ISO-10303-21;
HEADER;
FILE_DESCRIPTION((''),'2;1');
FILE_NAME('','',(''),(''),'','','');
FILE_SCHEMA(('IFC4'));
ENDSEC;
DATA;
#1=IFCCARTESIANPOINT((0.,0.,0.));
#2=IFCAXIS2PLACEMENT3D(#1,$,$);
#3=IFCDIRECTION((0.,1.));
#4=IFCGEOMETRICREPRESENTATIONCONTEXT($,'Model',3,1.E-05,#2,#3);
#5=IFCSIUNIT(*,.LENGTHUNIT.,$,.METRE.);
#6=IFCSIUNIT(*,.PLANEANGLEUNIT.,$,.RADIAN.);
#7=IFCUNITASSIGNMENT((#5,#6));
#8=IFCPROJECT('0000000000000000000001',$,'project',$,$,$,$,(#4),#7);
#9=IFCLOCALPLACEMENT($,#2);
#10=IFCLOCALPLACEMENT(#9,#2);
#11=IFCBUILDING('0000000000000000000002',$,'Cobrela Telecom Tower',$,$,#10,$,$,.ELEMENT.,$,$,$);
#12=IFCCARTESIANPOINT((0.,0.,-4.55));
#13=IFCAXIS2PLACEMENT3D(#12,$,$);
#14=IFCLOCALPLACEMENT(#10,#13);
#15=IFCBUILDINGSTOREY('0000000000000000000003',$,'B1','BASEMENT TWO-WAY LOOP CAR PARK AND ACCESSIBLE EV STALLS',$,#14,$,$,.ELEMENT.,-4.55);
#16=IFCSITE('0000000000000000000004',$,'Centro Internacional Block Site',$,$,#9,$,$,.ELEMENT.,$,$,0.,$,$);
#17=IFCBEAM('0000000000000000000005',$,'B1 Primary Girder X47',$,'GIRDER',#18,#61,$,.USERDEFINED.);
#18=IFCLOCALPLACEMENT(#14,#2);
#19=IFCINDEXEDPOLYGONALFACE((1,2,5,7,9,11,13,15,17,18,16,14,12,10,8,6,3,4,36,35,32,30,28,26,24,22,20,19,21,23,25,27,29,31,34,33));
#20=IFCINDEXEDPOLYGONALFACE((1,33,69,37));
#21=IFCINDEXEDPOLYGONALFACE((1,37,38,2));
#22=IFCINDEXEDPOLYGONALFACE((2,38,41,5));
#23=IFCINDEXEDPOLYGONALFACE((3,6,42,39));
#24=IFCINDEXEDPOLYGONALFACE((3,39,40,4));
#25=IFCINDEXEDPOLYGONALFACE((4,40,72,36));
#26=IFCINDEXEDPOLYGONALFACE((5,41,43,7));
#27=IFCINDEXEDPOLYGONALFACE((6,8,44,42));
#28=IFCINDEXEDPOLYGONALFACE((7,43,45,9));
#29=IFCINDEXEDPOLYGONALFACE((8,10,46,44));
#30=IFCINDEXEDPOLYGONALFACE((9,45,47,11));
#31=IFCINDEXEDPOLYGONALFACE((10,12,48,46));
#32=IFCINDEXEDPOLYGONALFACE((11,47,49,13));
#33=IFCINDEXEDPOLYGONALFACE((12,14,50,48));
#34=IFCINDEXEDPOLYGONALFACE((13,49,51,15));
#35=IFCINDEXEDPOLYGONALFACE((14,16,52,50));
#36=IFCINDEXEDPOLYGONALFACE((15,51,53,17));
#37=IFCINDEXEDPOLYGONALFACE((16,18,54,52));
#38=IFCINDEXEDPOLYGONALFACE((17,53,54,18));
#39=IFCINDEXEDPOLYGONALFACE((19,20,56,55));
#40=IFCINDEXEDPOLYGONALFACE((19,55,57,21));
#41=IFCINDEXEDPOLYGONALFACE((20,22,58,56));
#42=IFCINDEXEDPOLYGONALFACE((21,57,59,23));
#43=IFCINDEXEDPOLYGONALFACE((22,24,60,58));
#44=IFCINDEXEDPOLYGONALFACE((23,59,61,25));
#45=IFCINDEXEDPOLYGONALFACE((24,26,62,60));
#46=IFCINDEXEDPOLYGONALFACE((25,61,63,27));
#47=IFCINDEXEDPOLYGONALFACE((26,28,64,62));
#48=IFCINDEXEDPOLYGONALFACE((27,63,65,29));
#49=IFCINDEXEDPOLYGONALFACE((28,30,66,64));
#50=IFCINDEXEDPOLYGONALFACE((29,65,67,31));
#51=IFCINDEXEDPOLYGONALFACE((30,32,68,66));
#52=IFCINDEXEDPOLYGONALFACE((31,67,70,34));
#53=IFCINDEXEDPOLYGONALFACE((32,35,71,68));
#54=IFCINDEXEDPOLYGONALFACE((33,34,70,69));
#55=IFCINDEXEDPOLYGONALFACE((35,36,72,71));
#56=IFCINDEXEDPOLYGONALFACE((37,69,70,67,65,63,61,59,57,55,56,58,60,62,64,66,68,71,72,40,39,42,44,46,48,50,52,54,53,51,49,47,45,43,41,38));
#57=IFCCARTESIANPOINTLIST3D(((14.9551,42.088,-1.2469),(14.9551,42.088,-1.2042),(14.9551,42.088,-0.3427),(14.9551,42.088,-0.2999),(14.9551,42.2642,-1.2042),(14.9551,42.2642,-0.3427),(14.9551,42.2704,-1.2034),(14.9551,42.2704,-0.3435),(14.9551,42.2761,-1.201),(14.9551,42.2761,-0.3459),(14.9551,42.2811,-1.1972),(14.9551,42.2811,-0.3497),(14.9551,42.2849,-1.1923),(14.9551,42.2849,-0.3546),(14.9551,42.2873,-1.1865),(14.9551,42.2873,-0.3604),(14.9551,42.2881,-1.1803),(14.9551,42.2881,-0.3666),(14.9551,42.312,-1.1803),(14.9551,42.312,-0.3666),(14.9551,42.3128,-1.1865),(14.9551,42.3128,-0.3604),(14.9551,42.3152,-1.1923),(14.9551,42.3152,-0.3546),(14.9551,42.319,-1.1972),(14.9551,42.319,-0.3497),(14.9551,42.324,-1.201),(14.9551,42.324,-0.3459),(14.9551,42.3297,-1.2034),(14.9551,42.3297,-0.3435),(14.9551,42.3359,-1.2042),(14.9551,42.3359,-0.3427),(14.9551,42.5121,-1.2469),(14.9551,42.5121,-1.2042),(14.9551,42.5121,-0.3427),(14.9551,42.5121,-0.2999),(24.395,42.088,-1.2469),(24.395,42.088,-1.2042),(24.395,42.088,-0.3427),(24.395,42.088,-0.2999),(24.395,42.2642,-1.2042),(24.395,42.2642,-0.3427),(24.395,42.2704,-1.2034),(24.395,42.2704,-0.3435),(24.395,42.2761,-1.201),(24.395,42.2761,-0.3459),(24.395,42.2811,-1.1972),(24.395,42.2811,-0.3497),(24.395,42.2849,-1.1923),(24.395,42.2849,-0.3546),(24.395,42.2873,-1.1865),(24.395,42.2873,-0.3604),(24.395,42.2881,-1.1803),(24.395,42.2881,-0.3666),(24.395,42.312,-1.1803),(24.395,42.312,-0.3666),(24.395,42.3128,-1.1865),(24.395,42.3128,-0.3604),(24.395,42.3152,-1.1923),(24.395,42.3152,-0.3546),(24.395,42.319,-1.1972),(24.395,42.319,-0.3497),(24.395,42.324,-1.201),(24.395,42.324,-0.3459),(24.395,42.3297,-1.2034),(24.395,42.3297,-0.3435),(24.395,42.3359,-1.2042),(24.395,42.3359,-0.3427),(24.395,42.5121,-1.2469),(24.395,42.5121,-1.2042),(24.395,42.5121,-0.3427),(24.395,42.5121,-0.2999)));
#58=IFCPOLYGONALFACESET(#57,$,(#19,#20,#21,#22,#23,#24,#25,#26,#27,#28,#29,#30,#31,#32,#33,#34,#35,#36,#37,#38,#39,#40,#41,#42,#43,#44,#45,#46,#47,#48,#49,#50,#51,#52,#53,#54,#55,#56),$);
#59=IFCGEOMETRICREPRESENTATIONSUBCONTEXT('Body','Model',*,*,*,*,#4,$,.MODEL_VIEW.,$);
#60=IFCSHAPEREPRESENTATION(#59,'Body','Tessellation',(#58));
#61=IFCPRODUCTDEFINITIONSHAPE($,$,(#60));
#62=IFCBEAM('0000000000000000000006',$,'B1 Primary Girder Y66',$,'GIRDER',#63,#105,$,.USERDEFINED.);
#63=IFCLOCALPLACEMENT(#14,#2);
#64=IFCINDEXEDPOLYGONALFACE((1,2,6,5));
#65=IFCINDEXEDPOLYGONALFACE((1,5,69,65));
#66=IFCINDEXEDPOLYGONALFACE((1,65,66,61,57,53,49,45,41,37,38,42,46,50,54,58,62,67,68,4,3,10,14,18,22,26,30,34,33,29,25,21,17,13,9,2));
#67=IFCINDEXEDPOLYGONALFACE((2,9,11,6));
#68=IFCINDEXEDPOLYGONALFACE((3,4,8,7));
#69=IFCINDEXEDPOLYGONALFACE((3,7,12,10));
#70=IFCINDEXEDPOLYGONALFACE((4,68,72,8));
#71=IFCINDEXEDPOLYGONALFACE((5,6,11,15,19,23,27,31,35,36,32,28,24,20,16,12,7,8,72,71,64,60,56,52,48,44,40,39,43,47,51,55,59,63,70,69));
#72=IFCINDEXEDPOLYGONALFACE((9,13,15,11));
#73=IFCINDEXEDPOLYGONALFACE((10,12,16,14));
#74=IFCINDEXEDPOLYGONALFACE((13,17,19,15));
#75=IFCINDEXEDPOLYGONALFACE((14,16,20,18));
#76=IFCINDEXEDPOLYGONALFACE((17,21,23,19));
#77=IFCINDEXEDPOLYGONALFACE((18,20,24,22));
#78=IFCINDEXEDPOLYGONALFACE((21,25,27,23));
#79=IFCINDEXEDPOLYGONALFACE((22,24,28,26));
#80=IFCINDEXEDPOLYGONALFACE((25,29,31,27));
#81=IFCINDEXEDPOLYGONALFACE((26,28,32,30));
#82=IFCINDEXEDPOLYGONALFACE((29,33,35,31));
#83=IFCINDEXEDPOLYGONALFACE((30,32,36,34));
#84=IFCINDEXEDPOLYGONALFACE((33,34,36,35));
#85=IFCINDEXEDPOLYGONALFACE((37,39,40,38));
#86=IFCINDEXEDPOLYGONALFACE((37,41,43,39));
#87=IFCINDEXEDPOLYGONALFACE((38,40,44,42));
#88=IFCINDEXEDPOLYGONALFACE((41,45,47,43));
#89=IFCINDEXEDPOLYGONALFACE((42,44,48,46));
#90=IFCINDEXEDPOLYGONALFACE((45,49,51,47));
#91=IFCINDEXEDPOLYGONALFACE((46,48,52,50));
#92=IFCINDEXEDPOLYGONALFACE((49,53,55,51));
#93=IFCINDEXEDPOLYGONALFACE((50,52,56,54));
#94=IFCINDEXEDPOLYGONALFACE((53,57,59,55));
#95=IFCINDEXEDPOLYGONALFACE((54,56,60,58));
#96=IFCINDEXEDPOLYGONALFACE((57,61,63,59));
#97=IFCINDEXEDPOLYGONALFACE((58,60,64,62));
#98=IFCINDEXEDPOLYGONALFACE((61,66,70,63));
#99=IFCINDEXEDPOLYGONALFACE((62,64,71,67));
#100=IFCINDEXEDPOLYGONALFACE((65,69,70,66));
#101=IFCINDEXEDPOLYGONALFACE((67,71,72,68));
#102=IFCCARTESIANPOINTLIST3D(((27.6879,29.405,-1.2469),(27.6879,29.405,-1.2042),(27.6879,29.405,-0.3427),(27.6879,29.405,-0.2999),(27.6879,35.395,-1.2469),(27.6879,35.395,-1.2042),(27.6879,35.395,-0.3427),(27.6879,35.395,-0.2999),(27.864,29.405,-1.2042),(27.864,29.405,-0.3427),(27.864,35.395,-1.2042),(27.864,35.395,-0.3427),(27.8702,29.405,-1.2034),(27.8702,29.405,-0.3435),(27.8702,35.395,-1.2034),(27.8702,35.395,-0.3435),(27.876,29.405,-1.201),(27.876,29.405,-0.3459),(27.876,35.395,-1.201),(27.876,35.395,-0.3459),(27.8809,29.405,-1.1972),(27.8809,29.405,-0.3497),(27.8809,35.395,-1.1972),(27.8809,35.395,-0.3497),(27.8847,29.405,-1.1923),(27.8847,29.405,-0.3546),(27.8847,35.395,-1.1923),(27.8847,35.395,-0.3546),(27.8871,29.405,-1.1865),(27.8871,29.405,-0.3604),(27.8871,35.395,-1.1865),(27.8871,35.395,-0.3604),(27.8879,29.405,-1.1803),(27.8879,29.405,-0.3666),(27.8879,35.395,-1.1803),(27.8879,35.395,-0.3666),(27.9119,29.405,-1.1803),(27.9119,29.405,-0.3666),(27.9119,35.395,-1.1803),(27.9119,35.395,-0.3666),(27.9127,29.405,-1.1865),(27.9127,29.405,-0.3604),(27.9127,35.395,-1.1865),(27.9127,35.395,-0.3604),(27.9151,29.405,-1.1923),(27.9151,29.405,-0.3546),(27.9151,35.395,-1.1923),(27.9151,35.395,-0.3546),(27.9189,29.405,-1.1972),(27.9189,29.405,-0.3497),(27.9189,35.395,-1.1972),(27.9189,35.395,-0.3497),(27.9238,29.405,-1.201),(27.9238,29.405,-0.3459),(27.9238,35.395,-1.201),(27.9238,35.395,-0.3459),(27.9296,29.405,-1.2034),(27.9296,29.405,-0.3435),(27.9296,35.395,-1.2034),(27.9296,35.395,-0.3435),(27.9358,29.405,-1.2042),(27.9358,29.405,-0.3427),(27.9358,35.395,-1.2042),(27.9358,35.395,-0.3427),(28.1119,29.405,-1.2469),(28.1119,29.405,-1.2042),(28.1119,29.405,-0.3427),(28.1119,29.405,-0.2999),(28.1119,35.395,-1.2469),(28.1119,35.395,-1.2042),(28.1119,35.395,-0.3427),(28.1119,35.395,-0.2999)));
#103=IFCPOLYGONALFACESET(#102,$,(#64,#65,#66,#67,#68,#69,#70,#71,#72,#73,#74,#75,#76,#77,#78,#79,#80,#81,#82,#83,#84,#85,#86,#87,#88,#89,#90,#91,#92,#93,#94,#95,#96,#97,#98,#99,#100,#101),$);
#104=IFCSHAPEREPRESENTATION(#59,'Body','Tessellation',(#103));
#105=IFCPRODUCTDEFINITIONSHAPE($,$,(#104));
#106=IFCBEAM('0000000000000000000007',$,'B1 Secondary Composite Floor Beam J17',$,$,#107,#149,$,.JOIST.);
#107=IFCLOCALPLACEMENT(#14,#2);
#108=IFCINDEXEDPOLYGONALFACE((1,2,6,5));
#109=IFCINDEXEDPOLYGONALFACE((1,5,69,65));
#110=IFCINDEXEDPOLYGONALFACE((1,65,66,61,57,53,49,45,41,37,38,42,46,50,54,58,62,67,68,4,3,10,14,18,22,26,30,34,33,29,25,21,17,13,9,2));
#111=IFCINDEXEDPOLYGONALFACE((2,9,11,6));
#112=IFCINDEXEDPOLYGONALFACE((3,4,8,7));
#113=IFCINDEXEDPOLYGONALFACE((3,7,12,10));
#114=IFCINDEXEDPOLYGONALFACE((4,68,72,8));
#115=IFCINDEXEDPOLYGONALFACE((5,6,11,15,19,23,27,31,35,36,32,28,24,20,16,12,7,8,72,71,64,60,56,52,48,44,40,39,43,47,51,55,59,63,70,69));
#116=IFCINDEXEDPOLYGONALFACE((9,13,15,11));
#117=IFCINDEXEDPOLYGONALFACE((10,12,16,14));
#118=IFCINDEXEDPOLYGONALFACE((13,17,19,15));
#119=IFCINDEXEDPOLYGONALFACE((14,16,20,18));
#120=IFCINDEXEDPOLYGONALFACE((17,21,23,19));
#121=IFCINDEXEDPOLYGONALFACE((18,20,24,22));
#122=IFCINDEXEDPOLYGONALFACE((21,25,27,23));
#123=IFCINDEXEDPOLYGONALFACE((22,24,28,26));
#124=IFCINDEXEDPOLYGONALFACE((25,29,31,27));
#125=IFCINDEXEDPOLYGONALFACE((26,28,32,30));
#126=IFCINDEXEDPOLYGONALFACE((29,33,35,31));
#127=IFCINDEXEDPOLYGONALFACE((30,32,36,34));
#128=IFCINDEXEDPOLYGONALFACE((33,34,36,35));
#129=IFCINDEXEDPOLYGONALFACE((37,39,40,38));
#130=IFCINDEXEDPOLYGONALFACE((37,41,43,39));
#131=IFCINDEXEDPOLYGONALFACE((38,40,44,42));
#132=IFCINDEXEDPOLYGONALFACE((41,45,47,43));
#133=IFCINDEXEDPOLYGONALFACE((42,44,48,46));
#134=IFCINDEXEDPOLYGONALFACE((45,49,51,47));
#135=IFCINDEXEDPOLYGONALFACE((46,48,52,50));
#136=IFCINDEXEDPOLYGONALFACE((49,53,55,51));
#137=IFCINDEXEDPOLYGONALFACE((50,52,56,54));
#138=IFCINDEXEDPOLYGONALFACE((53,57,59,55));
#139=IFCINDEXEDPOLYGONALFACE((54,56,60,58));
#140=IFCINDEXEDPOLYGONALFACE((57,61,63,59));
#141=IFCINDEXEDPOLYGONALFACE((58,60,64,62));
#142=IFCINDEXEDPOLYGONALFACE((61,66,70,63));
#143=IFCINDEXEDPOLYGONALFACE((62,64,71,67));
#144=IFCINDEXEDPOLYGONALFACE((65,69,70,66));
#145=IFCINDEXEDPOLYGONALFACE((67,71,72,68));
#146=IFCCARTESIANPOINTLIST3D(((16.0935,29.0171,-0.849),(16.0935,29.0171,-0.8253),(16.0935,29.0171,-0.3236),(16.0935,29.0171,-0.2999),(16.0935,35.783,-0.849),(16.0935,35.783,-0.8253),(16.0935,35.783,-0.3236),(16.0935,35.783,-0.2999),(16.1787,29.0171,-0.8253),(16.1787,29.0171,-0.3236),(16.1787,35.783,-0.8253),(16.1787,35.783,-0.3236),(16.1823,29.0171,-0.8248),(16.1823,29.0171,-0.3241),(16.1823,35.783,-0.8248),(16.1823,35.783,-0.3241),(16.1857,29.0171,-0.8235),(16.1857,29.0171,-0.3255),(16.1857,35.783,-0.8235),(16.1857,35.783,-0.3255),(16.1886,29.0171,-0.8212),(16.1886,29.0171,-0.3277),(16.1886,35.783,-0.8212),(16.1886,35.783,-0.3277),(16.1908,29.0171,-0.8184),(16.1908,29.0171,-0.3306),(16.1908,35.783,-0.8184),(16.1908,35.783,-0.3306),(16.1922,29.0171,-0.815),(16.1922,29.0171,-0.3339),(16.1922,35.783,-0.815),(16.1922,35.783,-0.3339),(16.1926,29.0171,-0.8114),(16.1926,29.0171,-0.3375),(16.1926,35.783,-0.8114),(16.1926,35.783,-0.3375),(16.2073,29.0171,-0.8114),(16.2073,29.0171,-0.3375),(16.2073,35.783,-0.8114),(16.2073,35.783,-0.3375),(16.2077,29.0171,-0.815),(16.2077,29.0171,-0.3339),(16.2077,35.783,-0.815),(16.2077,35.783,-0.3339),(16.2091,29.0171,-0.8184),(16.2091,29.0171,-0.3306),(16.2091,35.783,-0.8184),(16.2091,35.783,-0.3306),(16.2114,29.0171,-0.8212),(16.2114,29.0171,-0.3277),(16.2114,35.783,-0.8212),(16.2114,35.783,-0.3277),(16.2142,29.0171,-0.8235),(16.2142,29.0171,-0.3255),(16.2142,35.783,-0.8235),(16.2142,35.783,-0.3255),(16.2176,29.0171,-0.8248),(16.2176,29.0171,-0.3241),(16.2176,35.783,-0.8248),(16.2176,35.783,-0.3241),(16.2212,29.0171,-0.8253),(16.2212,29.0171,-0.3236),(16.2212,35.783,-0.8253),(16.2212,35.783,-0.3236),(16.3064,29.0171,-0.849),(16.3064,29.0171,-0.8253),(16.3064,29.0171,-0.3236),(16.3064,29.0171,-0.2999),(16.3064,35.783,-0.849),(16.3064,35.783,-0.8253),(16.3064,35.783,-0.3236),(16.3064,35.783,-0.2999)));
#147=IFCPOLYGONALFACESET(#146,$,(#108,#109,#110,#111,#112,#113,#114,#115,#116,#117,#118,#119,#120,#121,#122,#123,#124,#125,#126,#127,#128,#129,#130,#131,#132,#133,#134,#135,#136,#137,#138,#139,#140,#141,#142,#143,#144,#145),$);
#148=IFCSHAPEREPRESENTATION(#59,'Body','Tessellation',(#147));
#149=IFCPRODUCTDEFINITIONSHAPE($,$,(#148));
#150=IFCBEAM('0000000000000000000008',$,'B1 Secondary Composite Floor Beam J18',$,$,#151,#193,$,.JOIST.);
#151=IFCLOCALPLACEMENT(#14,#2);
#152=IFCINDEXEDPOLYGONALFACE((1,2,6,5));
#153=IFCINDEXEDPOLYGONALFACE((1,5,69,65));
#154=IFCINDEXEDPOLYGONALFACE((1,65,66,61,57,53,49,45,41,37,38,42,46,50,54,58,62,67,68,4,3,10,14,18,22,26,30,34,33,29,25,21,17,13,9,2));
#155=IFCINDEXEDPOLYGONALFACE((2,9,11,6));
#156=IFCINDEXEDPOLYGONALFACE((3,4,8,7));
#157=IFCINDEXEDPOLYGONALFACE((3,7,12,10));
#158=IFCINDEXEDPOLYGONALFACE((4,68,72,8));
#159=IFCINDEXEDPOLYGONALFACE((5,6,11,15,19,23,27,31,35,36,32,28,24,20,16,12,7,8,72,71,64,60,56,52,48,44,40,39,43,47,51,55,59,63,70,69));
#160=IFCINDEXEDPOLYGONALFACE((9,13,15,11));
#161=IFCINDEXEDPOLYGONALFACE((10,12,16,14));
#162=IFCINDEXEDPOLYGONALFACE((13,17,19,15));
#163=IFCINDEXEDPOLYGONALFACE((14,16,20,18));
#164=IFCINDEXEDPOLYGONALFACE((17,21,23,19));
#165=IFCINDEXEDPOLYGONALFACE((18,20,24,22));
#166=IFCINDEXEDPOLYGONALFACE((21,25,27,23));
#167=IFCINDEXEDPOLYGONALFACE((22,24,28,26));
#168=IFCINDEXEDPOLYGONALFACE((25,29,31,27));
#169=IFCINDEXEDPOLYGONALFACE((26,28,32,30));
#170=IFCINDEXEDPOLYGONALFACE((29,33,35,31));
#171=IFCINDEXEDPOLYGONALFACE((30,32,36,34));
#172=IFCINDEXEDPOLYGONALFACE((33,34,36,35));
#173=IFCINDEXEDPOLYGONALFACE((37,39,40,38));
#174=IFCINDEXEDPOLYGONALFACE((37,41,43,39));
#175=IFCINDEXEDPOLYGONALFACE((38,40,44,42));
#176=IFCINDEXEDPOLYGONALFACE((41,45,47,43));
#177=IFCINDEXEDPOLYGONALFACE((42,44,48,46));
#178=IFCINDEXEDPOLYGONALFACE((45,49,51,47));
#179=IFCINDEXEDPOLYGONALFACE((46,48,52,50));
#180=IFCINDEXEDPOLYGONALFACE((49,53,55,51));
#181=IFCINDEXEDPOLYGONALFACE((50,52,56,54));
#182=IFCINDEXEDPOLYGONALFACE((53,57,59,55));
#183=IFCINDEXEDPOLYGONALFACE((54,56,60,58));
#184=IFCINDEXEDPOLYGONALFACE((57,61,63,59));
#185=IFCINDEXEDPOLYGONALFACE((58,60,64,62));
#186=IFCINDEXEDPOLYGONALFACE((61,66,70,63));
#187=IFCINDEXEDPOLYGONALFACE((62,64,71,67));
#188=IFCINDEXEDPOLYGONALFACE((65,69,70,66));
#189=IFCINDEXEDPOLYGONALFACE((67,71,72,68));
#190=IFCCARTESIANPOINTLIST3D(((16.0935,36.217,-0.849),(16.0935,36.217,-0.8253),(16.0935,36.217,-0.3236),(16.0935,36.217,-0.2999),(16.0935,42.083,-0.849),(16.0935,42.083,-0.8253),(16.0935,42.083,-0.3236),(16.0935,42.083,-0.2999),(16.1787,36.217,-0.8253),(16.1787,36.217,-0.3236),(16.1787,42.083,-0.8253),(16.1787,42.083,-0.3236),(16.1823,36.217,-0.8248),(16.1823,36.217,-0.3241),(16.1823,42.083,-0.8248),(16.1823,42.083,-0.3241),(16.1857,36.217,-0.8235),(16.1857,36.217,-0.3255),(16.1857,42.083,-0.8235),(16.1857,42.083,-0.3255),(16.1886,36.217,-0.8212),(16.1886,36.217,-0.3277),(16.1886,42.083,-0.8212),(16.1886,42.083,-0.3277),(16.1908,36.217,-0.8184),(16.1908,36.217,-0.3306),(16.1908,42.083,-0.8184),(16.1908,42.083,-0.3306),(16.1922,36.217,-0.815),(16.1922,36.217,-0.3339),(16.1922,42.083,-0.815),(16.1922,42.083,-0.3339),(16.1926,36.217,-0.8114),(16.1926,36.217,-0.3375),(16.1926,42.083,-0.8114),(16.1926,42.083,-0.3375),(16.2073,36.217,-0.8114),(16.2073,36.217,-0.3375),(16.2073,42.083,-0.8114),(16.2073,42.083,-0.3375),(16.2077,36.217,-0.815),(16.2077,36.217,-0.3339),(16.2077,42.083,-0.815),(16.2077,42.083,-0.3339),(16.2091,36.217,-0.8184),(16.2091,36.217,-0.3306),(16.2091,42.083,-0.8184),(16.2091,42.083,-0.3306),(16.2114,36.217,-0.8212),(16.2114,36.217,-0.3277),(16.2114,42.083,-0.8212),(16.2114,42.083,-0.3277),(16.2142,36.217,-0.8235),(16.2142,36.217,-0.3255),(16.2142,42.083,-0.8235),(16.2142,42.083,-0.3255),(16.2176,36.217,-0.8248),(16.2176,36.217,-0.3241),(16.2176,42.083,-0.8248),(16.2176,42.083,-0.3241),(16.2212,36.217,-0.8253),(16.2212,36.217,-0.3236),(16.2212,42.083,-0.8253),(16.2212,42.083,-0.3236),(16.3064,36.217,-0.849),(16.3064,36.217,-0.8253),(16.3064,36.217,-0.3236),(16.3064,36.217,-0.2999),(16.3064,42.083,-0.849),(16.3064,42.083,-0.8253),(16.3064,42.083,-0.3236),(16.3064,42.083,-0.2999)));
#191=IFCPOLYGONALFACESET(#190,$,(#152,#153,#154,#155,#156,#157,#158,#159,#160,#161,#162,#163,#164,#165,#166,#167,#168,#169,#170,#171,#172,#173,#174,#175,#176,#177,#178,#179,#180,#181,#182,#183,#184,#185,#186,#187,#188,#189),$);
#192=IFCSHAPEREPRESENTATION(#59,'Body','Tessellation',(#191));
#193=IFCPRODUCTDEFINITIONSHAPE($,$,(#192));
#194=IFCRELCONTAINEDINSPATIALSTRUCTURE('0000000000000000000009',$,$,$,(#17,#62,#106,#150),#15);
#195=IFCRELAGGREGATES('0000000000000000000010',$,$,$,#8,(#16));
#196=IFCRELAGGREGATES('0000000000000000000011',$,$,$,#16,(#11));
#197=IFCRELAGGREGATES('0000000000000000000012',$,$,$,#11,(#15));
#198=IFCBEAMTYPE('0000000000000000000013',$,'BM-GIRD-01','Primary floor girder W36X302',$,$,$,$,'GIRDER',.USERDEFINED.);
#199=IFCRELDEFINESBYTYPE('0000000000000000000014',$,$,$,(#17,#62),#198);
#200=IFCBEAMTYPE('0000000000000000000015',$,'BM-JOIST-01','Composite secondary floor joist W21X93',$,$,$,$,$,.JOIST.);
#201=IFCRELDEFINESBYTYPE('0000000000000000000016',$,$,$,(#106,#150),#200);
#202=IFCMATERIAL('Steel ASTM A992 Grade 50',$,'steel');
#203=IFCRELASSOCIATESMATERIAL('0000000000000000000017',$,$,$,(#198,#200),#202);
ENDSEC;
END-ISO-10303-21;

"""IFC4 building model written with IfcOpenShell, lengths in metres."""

from ifc_helpers import new_model, si_unit, direction, frame, origin, origin_2d, place, context, subcontext, project, spatial, i_section, extrude, material, material_profile, profile_set, type_object, element, save


model = new_model("IFC4")

# Units and contexts
model_context = context("Model", 3, precision=1e-05, world=origin(), true_north=direction((0.0, 1.0)))
body_context = subcontext(model_context, "Body", "Model", "MODEL_VIEW")
ifc_project = project(units=[si_unit("LENGTHUNIT", "METRE"), si_unit("PLANEANGLEUNIT", "RADIAN")], contexts=[model_context])

# Site, building, storey
site_placement = place(None, origin())
site = spatial("IfcSite", under=ifc_project, at=site_placement, Name="Centro Internacional Block Site", CompositionType="ELEMENT", RefElevation=0.0)
building_placement = place(site_placement, origin())
building = spatial("IfcBuilding", under=site, at=building_placement, Name="Cobrela Telecom Tower", CompositionType="ELEMENT")
storey_placement = place(building_placement, frame((0.0, 0.0, -4.55)))
storey = spatial("IfcBuildingStorey", under=building, at=storey_placement, Name="B1", Description="BASEMENT TWO-WAY LOOP CAR PARK AND ACCESSIBLE EV STALLS", CompositionType="ELEMENT", Elevation=-4.55)

# Beams
ifc_material_1 = material(Name="Steel ASTM A992 Grade 50", Category="steel")
ifc_material_profile_1 = material_profile(ifc_material_1, i_section(OverallWidth=0.4241, OverallDepth=0.947, WebThickness=0.0239, FlangeThickness=0.0427, FilletRadius=0.0239, at=origin_2d()), Name="W36X302")
ifc_profile_set_1 = profile_set([ifc_material_profile_1], Name="Steel ASTM A992 Grade 50")
beam_type_1 = type_object("IfcBeamType", Name="BM-GIRD-01", Description="Primary floor girder W36X302", ElementType="GIRDER", PredefinedType="USERDEFINED", material=ifc_profile_set_1)
beam_1_placement = place(storey_placement, frame((14.9551, 42.3, -0.7734), z_axis=(1.0, 0.0, 0.0), x_axis=(0.0, 1.0, 0.0)))
element("IfcBeam", 1, at=beam_1_placement, inside=storey, type_object=beam_type_1, Name="B1 Primary Girder X47", ObjectType="GIRDER", PredefinedType="USERDEFINED", context=body_context, shape_type="SweptSolid", body=[
    extrude(i_section(OverallWidth=0.4241, OverallDepth=0.947, WebThickness=0.0239, FlangeThickness=0.0427, FilletRadius=0.0239, at=origin_2d()), origin(), (0.0, 0.0, 1.0), 9.4399),
])
beam_2_placement = place(storey_placement, frame((27.8999, 29.405, -0.7734), z_axis=(0.0, 1.0, 0.0), x_axis=(-1.0, 0.0, 0.0)))
element("IfcBeam", 2, at=beam_2_placement, inside=storey, type_object=beam_type_1, Name="B1 Primary Girder Y66", ObjectType="GIRDER", PredefinedType="USERDEFINED", context=body_context, shape_type="SweptSolid", body=[
    extrude(i_section(OverallWidth=0.4241, OverallDepth=0.947, WebThickness=0.0239, FlangeThickness=0.0427, FilletRadius=0.0239, at=origin_2d()), origin(), (0.0, 0.0, 1.0), 5.99),
])
ifc_material_profile_2 = material_profile(ifc_material_1, i_section(OverallWidth=0.2129, OverallDepth=0.5491, WebThickness=0.0146, FlangeThickness=0.0237, FilletRadius=0.0139, at=origin_2d()), Name="W21X93")
ifc_profile_set_2 = profile_set([ifc_material_profile_2], Name="Steel ASTM A992 Grade 50")
beam_type_2 = type_object("IfcBeamType", Name="BM-JOIST-01", Description="Composite secondary floor joist W21X93", PredefinedType="JOIST", material=ifc_profile_set_2)
beam_3_placement = place(storey_placement, frame((16.2, 29.0171, -0.5745), z_axis=(0.0, 1.0, 0.0), x_axis=(-1.0, 0.0, 0.0)))
element("IfcBeam", 3, at=beam_3_placement, inside=storey, type_object=beam_type_2, Name="B1 Secondary Composite Floor Beam J17", PredefinedType="JOIST", context=body_context, shape_type="SweptSolid", body=[
    extrude(i_section(OverallWidth=0.2129, OverallDepth=0.5491, WebThickness=0.0146, FlangeThickness=0.0237, FilletRadius=0.0139, at=origin_2d()), origin(), (0.0, 0.0, 1.0), 6.7659),
])
beam_4_placement = place(storey_placement, frame((16.2, 36.217, -0.5745), z_axis=(0.0, 1.0, 0.0), x_axis=(-1.0, 0.0, 0.0)))
element("IfcBeam", 4, at=beam_4_placement, inside=storey, type_object=beam_type_2, Name="B1 Secondary Composite Floor Beam J18", PredefinedType="JOIST", context=body_context, shape_type="SweptSolid", body=[
    extrude(i_section(OverallWidth=0.2129, OverallDepth=0.5491, WebThickness=0.0146, FlangeThickness=0.0237, FilletRadius=0.0139, at=origin_2d()), origin(), (0.0, 0.0, 1.0), 5.866),
])

save(model, "model.ifc")
